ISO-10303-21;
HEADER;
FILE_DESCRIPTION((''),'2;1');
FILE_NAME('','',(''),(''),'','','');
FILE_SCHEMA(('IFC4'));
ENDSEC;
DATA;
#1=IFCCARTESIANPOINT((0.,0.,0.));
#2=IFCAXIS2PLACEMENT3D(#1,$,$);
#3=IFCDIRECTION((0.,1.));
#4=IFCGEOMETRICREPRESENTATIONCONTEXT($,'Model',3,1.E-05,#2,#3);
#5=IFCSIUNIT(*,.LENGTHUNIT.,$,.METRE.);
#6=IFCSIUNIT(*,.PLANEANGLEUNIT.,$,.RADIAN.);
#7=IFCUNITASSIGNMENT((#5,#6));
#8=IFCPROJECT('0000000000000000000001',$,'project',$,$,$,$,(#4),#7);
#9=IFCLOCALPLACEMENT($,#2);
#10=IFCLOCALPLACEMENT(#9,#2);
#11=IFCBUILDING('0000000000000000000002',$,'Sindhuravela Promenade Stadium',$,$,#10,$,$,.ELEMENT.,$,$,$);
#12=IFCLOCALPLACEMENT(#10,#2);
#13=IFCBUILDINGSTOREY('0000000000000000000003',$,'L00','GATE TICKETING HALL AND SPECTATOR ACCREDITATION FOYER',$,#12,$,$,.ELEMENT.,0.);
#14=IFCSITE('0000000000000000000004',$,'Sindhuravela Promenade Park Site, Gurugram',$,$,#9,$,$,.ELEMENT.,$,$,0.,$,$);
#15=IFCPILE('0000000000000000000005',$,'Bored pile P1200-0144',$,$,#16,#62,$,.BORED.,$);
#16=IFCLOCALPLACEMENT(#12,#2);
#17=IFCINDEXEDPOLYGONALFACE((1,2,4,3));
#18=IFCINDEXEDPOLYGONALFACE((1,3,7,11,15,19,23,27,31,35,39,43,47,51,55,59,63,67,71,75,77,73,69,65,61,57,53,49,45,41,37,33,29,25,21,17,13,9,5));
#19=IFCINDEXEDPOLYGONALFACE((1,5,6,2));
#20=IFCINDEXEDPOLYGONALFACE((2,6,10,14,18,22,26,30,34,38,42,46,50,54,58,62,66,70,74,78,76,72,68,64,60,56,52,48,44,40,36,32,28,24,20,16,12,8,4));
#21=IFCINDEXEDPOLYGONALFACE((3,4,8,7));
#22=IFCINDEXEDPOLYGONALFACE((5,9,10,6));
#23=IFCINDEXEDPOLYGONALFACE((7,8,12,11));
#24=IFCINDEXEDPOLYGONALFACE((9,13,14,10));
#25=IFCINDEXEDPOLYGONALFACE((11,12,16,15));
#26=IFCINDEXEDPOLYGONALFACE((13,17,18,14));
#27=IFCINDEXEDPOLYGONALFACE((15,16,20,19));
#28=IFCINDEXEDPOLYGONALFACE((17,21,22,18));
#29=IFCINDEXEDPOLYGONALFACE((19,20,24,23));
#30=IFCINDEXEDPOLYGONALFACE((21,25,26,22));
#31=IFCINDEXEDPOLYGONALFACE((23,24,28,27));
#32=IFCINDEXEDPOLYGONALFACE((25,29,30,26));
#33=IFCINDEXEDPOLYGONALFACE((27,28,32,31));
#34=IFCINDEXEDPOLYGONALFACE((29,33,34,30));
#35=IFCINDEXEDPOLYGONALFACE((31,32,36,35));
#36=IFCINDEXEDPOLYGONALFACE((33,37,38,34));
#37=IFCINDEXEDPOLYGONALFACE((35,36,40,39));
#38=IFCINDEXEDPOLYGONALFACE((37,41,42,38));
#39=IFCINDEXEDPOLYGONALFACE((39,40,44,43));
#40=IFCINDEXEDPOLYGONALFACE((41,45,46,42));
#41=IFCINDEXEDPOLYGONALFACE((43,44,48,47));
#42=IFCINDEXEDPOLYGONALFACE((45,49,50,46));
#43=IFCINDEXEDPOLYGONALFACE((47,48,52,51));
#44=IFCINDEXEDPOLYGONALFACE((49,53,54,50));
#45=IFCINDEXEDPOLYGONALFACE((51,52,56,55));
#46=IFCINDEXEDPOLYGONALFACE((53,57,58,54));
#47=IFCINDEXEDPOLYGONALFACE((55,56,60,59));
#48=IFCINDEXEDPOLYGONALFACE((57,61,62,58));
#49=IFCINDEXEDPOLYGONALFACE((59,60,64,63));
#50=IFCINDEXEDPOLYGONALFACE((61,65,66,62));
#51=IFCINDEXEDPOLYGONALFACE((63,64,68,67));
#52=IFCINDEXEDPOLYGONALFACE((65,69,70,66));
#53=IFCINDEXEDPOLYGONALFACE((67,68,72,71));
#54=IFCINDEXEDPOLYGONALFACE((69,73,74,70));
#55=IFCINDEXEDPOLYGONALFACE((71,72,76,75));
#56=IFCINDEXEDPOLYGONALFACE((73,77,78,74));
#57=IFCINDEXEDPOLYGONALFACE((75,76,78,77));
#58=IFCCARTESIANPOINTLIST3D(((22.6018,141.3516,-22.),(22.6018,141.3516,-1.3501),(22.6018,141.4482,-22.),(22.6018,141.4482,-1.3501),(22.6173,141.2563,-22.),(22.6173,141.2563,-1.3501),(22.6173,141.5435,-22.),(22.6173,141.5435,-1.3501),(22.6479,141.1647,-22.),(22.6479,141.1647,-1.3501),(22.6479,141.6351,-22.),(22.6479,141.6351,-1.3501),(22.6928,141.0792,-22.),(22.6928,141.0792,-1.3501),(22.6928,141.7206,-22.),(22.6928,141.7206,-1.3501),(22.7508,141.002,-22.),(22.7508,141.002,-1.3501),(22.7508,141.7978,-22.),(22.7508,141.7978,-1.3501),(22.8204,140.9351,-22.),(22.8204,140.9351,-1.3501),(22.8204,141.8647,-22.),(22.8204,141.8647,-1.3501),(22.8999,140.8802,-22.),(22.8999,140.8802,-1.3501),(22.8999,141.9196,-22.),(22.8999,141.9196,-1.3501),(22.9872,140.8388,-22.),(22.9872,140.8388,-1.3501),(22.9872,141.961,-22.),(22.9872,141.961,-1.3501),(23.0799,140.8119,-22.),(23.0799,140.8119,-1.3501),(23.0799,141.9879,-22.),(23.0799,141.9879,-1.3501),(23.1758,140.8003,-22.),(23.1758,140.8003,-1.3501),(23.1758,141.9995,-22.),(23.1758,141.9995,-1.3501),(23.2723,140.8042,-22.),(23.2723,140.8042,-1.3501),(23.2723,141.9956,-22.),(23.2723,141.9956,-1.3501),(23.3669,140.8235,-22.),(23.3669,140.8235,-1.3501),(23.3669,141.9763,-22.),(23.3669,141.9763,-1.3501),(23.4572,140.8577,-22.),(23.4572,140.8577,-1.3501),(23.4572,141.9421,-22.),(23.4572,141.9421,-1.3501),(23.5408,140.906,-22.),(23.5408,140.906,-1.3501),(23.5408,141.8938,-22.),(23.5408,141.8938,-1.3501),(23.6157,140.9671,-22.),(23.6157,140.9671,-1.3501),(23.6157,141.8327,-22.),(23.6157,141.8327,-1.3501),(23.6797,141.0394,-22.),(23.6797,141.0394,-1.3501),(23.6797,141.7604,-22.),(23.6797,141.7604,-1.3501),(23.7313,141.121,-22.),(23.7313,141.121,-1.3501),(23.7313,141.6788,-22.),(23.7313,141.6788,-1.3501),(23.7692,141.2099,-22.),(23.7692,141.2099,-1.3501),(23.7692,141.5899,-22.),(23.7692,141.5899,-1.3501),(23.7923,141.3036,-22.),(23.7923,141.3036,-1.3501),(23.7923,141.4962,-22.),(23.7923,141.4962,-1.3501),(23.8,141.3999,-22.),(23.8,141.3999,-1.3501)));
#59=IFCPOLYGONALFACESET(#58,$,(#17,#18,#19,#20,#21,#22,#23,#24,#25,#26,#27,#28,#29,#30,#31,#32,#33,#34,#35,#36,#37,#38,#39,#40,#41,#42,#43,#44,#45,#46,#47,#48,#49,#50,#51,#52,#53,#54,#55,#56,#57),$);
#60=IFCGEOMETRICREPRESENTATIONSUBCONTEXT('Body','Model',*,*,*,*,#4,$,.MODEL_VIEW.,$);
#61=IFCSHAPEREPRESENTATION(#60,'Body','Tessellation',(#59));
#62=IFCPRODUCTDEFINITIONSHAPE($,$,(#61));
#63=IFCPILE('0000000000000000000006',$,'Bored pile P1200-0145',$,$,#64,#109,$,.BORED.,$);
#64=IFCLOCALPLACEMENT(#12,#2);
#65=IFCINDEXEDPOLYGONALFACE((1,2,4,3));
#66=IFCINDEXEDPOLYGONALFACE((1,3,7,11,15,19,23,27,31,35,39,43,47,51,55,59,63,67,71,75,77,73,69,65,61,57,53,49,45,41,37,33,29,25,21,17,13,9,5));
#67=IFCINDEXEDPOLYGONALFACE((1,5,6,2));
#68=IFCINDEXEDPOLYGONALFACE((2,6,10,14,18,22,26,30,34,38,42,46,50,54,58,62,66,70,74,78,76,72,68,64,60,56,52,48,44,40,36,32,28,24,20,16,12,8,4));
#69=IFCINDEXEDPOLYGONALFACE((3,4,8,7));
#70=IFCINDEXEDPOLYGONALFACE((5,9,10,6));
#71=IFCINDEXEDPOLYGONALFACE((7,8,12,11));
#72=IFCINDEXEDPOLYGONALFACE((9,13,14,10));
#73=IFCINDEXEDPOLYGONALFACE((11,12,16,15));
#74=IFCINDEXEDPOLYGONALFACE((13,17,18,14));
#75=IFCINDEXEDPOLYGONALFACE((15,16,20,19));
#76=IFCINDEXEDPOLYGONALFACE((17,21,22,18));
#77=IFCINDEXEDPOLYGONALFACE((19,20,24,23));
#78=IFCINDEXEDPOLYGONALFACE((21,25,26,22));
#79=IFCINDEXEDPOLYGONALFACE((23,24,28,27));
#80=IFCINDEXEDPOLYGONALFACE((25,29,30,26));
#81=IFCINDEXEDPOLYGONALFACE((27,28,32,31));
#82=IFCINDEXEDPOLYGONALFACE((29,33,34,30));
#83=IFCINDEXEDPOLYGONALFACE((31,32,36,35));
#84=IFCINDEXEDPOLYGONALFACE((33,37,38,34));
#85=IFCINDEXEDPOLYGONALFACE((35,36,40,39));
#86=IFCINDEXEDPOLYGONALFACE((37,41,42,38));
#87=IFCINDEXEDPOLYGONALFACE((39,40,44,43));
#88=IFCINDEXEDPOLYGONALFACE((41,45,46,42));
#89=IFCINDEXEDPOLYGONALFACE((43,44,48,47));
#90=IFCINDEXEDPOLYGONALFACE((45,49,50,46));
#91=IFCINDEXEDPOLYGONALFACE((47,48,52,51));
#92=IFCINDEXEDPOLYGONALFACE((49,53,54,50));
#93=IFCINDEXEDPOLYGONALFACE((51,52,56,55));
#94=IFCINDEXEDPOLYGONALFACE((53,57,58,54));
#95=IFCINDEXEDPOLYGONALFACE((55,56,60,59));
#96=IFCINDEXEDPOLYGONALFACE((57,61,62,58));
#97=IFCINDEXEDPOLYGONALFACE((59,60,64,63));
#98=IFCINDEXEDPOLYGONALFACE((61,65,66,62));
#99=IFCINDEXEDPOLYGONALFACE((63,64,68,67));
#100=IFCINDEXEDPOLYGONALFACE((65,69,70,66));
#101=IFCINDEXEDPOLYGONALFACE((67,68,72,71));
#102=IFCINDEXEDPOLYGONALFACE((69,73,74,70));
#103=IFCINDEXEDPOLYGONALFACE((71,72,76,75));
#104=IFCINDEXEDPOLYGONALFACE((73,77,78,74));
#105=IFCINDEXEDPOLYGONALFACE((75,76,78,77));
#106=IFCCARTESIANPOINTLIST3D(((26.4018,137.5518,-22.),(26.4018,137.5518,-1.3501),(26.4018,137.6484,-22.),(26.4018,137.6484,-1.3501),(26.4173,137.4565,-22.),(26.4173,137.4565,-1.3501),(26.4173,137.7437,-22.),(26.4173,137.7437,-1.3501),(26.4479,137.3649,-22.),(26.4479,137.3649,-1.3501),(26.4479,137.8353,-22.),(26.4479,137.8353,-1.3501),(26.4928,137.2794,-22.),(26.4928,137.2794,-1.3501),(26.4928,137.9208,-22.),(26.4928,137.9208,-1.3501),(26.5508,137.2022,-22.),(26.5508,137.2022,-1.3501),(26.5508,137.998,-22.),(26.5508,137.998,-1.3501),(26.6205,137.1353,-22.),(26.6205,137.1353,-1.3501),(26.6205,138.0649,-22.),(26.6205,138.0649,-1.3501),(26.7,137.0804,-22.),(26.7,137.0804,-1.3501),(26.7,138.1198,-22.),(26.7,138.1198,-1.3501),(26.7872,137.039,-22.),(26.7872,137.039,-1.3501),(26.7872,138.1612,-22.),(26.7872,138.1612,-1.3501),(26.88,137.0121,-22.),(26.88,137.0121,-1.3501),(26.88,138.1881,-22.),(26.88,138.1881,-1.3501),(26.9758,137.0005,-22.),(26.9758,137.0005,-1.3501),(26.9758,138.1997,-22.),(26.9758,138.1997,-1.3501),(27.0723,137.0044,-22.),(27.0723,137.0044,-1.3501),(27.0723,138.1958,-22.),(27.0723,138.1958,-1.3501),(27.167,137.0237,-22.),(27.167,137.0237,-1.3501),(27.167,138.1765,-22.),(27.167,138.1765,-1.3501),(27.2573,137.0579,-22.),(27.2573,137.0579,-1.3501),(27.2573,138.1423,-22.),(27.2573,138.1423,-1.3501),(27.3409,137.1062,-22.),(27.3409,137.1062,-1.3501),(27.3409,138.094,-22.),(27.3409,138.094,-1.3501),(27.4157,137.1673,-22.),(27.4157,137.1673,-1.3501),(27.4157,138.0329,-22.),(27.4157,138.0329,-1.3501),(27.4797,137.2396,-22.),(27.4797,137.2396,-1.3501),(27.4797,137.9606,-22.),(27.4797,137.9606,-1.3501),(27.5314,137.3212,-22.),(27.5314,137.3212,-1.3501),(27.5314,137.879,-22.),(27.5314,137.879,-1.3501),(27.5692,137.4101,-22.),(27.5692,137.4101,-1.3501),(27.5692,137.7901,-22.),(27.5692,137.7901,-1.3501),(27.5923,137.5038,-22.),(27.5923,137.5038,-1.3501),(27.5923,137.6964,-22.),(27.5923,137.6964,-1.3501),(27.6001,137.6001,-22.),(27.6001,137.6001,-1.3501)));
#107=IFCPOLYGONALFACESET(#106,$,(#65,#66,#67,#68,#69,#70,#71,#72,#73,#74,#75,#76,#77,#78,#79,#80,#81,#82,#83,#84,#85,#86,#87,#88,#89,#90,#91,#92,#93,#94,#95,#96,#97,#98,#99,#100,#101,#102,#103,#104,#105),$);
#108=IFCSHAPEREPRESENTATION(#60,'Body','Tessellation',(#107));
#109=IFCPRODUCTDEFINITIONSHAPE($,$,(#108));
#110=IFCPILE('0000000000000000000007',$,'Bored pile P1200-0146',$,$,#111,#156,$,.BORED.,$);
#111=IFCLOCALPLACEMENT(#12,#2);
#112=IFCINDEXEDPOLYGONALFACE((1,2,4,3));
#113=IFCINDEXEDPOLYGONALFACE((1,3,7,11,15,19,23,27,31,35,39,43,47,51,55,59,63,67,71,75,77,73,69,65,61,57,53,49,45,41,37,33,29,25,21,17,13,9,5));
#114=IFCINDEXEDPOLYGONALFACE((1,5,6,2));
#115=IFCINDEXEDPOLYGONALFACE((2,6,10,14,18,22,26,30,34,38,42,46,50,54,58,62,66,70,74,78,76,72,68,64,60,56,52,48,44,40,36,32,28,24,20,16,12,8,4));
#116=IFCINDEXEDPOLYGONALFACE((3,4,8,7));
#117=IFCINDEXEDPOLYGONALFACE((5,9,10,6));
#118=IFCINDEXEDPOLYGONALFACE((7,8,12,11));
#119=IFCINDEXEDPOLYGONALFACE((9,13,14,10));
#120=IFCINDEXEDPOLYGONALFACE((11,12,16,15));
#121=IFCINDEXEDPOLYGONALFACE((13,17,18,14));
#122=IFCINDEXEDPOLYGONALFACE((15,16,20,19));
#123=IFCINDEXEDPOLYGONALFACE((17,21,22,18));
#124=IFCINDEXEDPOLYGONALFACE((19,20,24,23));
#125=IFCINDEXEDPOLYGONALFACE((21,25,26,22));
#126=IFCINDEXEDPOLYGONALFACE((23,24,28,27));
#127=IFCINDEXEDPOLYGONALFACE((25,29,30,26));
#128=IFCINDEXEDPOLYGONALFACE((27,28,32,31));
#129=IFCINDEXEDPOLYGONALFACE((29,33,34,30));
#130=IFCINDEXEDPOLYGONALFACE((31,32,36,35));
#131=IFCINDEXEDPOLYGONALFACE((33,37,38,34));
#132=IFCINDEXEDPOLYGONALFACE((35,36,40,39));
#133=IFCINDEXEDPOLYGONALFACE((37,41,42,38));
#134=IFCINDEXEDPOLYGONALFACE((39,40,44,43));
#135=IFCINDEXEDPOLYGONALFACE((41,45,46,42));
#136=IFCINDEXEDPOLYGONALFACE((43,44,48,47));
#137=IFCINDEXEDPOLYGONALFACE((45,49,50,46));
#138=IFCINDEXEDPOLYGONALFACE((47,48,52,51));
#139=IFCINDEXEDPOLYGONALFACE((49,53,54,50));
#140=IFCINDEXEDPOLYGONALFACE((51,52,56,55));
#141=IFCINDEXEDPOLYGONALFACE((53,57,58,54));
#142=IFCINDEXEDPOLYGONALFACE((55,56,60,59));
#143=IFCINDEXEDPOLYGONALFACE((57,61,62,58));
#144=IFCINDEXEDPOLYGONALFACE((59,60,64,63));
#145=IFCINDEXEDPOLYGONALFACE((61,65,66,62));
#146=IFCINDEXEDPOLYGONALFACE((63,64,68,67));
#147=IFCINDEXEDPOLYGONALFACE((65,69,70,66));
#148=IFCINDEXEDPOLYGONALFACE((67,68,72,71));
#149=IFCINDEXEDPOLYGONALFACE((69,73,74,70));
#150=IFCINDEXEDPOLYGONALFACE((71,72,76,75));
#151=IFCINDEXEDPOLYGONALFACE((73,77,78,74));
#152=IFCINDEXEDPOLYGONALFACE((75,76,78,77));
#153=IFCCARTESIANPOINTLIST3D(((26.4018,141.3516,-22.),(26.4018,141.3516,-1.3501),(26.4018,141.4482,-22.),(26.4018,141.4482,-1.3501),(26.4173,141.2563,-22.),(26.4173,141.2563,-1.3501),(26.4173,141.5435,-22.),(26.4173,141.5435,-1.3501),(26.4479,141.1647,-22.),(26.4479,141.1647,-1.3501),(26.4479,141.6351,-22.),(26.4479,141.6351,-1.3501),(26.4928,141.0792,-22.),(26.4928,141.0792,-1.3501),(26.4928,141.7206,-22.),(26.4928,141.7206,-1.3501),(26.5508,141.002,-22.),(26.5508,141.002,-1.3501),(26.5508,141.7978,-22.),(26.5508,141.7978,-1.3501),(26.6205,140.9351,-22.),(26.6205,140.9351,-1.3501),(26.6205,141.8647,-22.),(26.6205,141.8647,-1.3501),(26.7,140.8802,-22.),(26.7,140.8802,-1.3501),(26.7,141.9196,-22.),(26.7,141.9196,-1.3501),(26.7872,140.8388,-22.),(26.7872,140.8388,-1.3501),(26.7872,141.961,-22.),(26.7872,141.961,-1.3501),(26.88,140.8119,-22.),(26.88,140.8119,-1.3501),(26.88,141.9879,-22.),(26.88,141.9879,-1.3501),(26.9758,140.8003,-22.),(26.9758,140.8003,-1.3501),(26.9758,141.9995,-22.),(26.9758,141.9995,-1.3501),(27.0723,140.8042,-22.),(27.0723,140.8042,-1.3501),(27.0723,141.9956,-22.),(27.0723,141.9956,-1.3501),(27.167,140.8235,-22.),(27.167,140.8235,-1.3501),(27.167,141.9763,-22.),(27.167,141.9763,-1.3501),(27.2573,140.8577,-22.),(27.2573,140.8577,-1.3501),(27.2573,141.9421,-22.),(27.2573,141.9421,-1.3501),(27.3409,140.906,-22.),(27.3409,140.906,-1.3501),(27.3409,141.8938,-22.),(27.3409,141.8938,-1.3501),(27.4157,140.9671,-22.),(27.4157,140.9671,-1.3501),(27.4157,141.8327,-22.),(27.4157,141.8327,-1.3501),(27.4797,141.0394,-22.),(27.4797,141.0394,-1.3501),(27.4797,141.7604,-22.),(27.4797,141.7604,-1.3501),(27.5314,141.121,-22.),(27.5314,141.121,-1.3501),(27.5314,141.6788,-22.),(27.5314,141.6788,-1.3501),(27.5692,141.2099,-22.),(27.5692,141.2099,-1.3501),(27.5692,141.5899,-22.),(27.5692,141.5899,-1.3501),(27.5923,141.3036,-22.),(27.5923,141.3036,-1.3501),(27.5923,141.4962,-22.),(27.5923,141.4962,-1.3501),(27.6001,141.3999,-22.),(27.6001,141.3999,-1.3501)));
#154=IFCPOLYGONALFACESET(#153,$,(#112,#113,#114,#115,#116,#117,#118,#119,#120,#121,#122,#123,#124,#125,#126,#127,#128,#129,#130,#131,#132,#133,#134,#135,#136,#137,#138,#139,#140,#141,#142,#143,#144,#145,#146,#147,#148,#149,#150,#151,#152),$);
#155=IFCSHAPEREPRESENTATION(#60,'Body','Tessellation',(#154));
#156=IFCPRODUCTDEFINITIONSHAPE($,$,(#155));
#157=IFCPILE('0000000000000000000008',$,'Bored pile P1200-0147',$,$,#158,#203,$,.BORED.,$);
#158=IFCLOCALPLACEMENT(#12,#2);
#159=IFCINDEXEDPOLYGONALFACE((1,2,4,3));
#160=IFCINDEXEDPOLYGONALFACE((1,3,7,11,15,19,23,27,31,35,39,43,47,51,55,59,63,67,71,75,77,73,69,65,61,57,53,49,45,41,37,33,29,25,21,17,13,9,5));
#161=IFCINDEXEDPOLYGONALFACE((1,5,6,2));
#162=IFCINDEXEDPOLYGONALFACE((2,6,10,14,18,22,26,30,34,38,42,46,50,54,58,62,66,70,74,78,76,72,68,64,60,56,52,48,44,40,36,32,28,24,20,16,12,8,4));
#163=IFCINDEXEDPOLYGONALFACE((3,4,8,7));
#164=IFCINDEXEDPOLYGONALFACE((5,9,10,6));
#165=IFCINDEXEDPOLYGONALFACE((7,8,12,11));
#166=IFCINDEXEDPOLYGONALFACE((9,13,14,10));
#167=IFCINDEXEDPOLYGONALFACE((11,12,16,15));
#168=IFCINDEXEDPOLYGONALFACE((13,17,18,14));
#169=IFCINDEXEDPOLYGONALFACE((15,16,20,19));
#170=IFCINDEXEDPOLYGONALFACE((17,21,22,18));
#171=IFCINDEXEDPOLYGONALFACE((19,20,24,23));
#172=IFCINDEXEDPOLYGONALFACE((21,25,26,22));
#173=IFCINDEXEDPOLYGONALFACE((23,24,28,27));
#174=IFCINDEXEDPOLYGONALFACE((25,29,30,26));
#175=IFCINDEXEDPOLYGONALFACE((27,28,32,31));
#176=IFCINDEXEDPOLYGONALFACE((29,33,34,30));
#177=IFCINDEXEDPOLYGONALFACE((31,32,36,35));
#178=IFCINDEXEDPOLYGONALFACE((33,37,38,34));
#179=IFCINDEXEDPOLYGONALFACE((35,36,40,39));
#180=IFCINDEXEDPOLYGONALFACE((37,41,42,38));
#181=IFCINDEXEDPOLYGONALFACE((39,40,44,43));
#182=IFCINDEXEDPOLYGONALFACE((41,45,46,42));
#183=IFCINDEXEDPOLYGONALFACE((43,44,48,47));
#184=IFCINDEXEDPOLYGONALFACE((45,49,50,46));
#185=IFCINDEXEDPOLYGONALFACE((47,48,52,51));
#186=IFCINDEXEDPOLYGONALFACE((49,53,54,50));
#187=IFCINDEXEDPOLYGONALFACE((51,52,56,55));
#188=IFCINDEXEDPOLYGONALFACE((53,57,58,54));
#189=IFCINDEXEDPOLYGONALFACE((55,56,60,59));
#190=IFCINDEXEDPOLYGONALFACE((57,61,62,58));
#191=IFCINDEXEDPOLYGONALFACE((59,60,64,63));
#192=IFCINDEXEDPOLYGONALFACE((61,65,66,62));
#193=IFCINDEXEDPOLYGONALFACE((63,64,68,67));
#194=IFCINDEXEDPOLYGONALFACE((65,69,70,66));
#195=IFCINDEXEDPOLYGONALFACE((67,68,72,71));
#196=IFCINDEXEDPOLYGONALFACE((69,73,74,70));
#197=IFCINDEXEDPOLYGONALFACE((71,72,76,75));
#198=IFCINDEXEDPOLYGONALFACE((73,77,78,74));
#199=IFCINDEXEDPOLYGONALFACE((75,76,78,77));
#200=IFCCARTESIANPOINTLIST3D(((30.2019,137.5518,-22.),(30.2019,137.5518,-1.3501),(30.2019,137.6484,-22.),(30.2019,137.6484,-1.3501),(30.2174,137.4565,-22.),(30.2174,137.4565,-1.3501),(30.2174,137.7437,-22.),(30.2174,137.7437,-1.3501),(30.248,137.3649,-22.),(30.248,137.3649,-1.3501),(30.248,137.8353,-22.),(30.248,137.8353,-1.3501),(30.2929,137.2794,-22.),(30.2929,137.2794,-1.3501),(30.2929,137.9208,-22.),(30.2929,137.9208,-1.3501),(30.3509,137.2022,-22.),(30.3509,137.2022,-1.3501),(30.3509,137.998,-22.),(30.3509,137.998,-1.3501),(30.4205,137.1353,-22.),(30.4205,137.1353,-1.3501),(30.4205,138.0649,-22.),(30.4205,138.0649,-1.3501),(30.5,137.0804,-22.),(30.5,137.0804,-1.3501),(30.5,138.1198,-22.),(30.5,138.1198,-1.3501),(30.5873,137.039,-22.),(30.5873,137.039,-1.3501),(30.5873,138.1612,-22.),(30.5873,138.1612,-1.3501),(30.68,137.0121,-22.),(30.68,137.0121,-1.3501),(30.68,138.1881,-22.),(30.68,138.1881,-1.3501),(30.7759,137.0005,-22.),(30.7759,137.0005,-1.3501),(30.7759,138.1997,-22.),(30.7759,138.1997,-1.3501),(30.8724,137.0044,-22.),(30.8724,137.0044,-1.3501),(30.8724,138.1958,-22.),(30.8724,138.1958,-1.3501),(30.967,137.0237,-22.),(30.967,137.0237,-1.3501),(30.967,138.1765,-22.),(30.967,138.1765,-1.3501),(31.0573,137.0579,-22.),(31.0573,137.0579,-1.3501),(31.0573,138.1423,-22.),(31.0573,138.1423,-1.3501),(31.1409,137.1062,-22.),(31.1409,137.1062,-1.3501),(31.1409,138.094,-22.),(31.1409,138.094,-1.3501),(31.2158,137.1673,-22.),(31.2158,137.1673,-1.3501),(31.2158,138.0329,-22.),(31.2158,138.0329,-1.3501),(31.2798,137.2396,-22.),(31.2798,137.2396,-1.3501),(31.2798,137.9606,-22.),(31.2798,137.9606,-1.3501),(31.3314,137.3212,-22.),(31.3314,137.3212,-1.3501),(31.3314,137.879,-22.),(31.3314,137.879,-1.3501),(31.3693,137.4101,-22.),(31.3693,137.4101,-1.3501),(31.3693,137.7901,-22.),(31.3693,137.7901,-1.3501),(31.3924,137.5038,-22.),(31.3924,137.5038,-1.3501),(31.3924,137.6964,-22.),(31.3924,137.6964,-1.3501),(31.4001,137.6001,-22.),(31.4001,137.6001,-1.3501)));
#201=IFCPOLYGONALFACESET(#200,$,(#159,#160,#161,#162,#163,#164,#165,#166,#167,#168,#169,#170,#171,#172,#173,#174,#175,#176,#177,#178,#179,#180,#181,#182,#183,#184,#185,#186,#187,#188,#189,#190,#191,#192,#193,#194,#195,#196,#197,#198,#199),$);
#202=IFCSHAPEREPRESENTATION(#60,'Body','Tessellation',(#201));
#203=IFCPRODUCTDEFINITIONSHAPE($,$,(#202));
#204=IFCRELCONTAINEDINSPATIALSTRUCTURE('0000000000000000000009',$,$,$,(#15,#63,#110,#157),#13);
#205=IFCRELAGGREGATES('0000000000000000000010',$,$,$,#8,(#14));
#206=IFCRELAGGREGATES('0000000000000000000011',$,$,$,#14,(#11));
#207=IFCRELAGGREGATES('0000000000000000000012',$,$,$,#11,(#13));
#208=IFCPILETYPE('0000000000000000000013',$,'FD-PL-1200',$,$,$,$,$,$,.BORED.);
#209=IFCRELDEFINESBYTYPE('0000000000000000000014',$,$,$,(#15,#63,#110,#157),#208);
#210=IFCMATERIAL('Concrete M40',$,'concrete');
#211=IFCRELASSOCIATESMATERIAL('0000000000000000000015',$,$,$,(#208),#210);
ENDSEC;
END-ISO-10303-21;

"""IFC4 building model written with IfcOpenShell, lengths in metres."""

from ifc_helpers import new_model, si_unit, direction, frame, origin, origin_2d, place, context, subcontext, project, spatial, circle, extrude, material, material_profile, profile_set, type_object, element, save


model = new_model("IFC4")

# Units and contexts
model_context = context("Model", 3, precision=1e-05, world=origin(), true_north=direction((0.0, 1.0)))
body_context = subcontext(model_context, "Body", "Model", "MODEL_VIEW")
ifc_project = project(units=[si_unit("LENGTHUNIT", "METRE"), si_unit("PLANEANGLEUNIT", "RADIAN")], contexts=[model_context])

# Site, building, storey
site_placement = place(None, origin())
site = spatial("IfcSite", under=ifc_project, at=site_placement, Name="Sindhuravela Promenade Park Site, Gurugram", CompositionType="ELEMENT", RefElevation=0.0)
building_placement = place(site_placement, origin())
building = spatial("IfcBuilding", under=site, at=building_placement, Name="Sindhuravela Promenade Stadium", CompositionType="ELEMENT")
storey_placement = place(building_placement, origin())
storey = spatial("IfcBuildingStorey", under=building, at=storey_placement, Name="L00", Description="GATE TICKETING HALL AND SPECTATOR ACCREDITATION FOYER", CompositionType="ELEMENT", Elevation=0.0)

# Piles
ifc_material_1 = material(Name="Concrete M40", Category="concrete")
ifc_material_profile_1 = material_profile(ifc_material_1, circle(Radius=0.6001, at=origin_2d()), Name="BORED PILE D1200")
ifc_profile_set_1 = profile_set([ifc_material_profile_1], Name="Concrete M40")
pile_type = type_object("IfcPileType", Name="FD-PL-1200", PredefinedType="BORED", material=ifc_profile_set_1)
for number, where, z_axis, x_axis, name in (
    (1, (23.2, 141.3999, -1.3501), (0.0, 0.0, -1.0), (1.0, 0.0, 0.0), "Bored pile P1200-0144"),
    (2, (27.0, 137.6001, -1.3501), (0.0, 0.0, -1.0), (1.0, 0.0, 0.0), "Bored pile P1200-0145"),
    (3, (27.0, 141.3999, -1.3501), (0.0, 0.0, -1.0), (1.0, 0.0, 0.0), "Bored pile P1200-0146"),
    (4, (30.8, 137.6001, -1.3501), (0.0, 0.0, -1.0), (1.0, 0.0, 0.0), "Bored pile P1200-0147"),
):
    element("IfcPile", number, at=place(storey_placement, frame(where, z_axis=z_axis, x_axis=x_axis)), inside=storey, type_object=pile_type, Name=name, PredefinedType="BORED", context=body_context, shape_type="SweptSolid", body=[
        extrude(circle(Radius=0.6001, at=origin_2d()), origin(), (0.0, 0.0, 1.0), 20.6499),
    ])

save(model, "model.ifc")
